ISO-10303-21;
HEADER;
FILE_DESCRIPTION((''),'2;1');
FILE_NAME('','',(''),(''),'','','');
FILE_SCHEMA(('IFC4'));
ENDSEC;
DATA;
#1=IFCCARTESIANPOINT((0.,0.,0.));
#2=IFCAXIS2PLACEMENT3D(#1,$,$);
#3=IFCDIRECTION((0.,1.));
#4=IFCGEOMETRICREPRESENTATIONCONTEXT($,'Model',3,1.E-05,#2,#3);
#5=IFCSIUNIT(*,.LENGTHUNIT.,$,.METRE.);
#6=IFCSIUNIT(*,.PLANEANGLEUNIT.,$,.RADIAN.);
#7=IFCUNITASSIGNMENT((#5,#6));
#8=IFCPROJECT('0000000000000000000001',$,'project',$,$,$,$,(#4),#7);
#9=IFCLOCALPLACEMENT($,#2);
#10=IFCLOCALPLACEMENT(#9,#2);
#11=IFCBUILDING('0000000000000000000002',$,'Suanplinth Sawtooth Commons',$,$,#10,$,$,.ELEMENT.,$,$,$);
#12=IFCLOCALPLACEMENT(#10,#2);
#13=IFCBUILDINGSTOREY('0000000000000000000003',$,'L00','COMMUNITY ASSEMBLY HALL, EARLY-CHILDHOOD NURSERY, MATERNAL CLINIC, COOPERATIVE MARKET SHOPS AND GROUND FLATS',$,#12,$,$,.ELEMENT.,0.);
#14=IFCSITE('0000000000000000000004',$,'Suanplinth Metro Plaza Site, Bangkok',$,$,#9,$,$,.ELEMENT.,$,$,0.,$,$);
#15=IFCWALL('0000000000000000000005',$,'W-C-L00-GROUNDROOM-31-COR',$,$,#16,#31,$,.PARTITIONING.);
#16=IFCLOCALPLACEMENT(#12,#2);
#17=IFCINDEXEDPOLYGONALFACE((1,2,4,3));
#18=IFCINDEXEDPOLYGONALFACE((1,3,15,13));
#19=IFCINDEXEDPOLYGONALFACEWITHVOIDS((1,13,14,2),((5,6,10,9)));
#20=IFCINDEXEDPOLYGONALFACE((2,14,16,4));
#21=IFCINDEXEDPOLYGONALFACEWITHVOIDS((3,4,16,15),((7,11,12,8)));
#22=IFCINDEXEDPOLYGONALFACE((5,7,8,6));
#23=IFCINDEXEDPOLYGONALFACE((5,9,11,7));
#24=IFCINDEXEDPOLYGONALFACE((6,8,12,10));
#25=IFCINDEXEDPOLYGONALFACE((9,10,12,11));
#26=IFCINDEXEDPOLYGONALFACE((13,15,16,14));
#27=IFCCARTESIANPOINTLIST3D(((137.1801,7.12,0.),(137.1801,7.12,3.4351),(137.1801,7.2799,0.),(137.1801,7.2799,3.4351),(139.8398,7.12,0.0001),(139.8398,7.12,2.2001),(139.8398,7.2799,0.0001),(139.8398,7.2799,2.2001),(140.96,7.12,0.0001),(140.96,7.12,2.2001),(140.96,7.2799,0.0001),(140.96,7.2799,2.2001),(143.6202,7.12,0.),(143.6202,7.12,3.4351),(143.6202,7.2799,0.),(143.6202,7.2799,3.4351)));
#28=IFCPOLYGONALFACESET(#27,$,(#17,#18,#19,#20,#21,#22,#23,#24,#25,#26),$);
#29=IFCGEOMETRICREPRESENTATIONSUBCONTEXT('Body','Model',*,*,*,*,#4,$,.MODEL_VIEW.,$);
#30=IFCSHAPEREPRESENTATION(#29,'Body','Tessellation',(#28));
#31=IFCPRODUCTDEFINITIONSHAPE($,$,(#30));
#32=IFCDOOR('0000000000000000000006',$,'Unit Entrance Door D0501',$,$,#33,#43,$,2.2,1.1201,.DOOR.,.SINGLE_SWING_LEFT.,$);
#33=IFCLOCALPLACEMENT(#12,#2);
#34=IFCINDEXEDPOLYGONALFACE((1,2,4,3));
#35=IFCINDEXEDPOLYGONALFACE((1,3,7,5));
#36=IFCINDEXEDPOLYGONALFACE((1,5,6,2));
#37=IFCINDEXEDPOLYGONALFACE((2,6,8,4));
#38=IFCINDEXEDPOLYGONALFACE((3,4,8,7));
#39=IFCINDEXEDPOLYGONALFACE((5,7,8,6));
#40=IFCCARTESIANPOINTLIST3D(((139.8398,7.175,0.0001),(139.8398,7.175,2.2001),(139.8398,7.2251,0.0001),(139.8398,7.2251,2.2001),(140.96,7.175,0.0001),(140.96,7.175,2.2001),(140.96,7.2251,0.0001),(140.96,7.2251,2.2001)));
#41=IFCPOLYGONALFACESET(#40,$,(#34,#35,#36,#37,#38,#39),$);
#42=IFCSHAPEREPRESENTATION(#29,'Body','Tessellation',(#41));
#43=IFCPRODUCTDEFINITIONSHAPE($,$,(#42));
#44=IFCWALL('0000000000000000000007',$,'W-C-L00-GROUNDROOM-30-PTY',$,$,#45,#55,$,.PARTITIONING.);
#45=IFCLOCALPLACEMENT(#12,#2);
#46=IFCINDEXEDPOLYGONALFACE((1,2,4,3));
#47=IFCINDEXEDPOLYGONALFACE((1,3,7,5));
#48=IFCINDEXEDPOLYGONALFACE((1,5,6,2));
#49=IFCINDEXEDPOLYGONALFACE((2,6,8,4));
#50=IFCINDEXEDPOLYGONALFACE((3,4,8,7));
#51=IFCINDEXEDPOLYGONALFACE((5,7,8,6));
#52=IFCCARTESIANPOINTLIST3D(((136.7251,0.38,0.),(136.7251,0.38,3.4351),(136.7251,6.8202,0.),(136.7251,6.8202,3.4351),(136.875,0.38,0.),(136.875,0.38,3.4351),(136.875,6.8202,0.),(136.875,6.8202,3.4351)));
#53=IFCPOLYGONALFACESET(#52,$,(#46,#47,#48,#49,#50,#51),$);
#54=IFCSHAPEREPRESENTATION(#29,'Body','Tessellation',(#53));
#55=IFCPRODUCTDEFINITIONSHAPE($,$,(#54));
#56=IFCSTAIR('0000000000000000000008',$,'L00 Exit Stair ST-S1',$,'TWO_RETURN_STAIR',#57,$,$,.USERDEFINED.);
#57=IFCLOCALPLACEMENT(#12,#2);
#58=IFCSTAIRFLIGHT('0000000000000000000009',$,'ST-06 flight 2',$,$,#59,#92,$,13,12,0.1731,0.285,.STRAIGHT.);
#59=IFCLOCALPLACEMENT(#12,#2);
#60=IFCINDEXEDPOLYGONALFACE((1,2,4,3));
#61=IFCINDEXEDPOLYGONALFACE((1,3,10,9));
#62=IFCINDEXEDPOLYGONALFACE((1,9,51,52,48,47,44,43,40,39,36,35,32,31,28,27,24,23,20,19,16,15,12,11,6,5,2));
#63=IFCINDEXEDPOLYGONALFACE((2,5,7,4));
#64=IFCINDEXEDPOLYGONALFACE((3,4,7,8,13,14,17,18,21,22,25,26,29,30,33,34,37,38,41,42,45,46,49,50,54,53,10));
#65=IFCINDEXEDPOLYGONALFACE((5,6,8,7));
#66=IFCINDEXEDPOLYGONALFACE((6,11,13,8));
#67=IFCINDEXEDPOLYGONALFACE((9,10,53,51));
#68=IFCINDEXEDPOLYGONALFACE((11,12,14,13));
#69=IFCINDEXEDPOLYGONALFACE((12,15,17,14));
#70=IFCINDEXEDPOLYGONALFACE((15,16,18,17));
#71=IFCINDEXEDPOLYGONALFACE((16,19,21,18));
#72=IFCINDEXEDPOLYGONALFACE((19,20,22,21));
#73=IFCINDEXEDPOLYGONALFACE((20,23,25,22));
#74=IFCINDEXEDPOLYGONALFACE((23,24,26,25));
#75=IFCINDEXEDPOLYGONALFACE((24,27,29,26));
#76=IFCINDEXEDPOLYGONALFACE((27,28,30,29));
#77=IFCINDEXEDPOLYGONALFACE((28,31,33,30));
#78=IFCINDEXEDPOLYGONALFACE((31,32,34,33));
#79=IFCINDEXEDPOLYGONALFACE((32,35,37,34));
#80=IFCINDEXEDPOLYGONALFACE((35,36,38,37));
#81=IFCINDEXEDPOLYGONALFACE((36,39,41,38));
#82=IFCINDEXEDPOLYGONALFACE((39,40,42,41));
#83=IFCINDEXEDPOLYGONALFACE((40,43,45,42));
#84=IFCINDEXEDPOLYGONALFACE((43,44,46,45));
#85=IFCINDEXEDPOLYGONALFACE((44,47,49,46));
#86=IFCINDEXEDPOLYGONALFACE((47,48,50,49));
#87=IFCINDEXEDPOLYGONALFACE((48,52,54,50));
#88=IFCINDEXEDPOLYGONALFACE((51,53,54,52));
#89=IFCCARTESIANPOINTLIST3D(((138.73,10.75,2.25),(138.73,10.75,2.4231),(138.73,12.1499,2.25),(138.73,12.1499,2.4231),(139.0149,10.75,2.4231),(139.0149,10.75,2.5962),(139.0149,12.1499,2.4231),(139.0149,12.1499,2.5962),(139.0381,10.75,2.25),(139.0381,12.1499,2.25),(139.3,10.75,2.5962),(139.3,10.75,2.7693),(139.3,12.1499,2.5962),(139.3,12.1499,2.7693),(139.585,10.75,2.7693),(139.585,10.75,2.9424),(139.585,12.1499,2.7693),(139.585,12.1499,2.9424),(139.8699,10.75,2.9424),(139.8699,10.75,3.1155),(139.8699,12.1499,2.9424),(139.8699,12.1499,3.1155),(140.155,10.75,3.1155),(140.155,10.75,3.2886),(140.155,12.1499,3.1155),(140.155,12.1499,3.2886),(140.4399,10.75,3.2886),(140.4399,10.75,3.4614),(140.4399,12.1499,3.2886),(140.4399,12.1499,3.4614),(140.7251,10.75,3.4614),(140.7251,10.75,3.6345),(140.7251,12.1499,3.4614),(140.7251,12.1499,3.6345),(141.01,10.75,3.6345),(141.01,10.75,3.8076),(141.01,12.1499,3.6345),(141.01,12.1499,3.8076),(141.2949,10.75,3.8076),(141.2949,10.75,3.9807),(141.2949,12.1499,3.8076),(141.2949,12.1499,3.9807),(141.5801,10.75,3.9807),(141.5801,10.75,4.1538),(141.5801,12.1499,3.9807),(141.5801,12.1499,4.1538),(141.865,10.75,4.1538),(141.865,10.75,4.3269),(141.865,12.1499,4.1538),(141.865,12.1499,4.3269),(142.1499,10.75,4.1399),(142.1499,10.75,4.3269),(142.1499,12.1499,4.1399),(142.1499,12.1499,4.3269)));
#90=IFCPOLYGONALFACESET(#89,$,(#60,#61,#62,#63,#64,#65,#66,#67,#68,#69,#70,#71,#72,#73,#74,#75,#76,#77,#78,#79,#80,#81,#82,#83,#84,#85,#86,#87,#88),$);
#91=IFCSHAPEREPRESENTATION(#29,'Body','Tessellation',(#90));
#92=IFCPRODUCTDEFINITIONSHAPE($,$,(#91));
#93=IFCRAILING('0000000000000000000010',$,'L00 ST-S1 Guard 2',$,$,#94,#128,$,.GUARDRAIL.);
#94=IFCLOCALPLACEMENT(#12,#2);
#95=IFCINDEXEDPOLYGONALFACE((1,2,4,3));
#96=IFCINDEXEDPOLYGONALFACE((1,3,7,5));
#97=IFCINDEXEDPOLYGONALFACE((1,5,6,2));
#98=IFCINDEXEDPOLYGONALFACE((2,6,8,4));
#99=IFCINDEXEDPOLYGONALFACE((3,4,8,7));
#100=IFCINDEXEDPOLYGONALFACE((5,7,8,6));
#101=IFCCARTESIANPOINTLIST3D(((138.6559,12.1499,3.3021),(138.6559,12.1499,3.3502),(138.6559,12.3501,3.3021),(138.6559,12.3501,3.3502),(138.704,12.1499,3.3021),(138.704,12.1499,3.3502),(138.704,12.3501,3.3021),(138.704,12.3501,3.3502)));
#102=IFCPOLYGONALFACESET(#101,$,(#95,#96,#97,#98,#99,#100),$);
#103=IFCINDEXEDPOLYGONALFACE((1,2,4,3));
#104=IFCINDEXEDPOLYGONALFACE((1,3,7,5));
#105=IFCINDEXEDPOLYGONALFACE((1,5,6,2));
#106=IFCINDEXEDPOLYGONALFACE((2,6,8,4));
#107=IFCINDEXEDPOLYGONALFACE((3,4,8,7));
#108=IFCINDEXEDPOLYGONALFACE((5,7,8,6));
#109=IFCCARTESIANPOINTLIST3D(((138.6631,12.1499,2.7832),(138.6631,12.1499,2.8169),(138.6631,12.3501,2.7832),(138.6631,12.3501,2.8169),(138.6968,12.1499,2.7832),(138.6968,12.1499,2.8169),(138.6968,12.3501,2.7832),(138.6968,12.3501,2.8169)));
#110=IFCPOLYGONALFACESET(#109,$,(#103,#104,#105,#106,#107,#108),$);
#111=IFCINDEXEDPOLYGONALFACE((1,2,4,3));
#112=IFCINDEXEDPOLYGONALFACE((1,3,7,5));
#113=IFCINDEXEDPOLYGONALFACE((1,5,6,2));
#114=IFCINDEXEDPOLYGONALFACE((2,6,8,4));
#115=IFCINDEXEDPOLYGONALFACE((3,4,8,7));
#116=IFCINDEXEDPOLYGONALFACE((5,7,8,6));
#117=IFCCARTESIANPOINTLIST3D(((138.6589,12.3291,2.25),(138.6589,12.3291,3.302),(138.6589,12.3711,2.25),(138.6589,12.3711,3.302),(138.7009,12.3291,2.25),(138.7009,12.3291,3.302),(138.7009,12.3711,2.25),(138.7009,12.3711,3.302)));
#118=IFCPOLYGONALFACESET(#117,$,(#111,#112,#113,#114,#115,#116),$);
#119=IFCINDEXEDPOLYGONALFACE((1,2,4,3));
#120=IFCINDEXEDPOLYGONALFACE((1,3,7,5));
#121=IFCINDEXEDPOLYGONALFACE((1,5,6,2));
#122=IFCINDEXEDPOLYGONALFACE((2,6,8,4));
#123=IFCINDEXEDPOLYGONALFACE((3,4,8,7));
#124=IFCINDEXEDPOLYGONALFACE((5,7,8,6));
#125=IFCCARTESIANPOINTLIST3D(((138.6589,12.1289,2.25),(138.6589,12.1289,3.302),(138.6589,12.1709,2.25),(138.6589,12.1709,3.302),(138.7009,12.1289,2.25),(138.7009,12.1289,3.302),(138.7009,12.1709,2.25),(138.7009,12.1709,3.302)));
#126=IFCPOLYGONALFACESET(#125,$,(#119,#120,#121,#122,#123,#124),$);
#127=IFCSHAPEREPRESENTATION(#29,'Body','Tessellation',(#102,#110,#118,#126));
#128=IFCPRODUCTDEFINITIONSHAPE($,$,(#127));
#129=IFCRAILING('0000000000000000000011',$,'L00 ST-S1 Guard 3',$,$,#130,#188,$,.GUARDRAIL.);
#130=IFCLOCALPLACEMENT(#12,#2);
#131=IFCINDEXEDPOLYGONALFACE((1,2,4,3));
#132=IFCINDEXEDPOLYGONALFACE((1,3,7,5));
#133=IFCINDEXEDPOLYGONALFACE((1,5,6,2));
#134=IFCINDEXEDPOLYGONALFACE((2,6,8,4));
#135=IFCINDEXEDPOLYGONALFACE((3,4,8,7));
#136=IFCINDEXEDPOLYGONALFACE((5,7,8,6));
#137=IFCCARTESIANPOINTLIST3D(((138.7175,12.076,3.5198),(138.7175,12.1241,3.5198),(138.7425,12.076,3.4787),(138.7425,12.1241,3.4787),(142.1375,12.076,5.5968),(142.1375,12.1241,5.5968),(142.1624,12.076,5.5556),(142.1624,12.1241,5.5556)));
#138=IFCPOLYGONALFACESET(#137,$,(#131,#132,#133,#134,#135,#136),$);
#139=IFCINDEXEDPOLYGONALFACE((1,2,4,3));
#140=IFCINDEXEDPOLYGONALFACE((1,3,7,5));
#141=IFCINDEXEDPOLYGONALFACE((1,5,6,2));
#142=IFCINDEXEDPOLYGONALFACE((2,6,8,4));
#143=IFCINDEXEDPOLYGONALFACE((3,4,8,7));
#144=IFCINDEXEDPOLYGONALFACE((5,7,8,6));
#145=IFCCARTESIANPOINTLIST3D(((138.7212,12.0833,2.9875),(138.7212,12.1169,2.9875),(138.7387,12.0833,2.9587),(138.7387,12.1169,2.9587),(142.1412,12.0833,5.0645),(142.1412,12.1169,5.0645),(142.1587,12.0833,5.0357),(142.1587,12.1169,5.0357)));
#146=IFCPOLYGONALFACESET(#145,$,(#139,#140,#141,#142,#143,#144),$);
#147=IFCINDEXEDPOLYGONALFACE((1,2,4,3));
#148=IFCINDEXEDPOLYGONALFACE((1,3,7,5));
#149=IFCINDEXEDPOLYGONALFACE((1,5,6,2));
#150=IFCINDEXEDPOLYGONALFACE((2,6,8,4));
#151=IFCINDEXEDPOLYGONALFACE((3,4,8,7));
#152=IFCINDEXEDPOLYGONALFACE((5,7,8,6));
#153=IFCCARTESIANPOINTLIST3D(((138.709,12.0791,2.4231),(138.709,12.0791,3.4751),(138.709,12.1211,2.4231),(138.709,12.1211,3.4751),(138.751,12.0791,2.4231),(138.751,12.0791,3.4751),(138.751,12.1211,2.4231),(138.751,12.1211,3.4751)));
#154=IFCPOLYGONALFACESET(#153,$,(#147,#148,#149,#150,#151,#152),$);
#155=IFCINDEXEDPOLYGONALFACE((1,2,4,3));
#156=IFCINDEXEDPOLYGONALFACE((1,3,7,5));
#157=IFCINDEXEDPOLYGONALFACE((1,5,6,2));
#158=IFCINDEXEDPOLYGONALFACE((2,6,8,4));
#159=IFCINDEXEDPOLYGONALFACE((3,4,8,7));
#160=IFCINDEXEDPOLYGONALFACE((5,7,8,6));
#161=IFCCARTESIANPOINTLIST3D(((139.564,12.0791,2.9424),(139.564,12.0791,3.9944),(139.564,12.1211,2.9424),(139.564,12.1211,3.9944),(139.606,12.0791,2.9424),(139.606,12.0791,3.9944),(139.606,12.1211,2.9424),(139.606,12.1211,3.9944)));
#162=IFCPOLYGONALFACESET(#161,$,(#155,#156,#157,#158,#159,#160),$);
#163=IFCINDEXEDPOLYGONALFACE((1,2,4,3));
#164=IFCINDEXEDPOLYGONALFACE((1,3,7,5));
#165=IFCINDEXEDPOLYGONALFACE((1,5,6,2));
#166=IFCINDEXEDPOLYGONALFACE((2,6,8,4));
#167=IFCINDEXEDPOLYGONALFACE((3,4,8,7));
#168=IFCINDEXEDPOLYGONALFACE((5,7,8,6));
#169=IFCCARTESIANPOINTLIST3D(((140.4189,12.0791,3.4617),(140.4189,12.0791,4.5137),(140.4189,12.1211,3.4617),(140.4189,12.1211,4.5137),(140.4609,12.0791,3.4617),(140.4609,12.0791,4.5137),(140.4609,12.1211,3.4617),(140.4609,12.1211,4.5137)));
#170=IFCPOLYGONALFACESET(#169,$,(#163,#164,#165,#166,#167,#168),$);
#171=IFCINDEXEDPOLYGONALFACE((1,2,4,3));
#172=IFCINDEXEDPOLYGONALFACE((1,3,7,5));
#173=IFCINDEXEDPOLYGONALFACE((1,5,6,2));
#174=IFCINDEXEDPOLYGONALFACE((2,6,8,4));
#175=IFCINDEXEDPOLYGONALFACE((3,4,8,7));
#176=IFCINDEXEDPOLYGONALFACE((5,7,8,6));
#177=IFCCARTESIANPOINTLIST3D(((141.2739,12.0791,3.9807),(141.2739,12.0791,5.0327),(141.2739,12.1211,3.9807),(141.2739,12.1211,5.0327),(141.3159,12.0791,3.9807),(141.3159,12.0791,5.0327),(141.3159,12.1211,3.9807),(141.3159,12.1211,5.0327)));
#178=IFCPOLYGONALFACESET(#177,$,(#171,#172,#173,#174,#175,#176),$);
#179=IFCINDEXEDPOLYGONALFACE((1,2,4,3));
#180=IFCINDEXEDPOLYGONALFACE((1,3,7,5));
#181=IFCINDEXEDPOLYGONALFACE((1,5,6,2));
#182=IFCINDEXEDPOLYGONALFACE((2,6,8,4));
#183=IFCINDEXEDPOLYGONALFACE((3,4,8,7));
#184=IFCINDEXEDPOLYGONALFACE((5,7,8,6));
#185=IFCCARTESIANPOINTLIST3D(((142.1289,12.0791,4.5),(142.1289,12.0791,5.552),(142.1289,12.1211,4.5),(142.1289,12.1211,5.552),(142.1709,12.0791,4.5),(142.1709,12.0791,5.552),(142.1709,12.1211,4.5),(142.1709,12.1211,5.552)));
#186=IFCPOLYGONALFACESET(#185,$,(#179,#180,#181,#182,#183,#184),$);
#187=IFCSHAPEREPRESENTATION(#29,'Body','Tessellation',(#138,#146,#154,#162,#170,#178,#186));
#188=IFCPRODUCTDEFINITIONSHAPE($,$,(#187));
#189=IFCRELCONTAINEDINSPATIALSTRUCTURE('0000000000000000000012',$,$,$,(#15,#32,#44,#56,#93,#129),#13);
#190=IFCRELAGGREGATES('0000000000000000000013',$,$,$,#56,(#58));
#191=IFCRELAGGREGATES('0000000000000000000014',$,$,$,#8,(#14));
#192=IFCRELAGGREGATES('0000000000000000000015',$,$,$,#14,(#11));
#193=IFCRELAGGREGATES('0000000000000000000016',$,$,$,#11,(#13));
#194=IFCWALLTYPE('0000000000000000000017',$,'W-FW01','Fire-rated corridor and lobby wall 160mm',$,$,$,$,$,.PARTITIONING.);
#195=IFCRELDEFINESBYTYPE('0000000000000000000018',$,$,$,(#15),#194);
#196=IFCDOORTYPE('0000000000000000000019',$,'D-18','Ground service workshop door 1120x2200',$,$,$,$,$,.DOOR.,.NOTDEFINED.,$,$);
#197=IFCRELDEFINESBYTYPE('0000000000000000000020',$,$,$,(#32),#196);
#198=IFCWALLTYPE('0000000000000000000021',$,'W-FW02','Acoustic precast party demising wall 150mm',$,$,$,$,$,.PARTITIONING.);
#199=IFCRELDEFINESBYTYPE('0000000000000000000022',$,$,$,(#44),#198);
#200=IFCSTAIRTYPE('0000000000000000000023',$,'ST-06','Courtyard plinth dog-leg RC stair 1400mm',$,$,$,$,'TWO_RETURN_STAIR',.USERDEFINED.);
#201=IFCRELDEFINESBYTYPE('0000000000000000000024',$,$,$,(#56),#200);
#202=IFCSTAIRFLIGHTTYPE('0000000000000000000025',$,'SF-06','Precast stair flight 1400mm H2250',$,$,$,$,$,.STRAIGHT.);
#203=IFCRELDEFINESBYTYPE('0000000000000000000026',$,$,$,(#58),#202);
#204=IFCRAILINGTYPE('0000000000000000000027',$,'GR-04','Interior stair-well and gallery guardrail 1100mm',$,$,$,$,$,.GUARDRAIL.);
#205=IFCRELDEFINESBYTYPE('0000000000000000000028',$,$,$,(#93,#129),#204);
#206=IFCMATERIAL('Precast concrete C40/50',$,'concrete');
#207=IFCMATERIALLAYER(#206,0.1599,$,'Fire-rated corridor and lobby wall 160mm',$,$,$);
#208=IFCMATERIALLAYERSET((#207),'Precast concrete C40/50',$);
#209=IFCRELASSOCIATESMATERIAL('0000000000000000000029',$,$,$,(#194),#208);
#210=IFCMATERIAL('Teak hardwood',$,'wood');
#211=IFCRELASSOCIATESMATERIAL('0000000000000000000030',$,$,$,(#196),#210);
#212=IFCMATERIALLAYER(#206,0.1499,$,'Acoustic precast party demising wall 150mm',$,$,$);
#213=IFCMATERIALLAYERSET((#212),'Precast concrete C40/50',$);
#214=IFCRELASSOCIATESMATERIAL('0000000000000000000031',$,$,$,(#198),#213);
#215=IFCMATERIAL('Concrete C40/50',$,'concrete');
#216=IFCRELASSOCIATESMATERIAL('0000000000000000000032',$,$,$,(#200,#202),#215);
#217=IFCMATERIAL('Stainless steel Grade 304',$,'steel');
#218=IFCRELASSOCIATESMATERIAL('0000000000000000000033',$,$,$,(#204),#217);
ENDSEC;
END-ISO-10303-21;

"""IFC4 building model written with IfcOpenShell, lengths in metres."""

from ifc_helpers import new_model, si_unit, direction, frame, frame_2d, origin, origin_2d, place, context, subcontext, project, spatial, polyline, rectangle, outline, extrude, material, layer, layer_set, type_object, element, fill, aggregate, save


model = new_model("IFC4")

# Units and contexts
model_context = context("Model", 3, precision=1e-05, world=origin(), true_north=direction((0.0, 1.0)))
body_context = subcontext(model_context, "Body", "Model", "MODEL_VIEW")
ifc_project = project(units=[si_unit("LENGTHUNIT", "METRE"), si_unit("PLANEANGLEUNIT", "RADIAN")], contexts=[model_context])

# Site, building, storey
site_placement = place(None, origin())
site = spatial("IfcSite", under=ifc_project, at=site_placement, Name="Suanplinth Metro Plaza Site, Bangkok", CompositionType="ELEMENT", RefElevation=0.0)
building_placement = place(site_placement, origin())
building = spatial("IfcBuilding", under=site, at=building_placement, Name="Suanplinth Sawtooth Commons", CompositionType="ELEMENT")
storey_placement = place(building_placement, origin())
storey = spatial("IfcBuildingStorey", under=building, at=storey_placement, Name="L00", Description="COMMUNITY ASSEMBLY HALL, EARLY-CHILDHOOD NURSERY, MATERNAL CLINIC, COOPERATIVE MARKET SHOPS AND GROUND FLATS", CompositionType="ELEMENT", Elevation=0.0)

# Shared definitions
ifc_material_1 = material(Name="Concrete C40/50", Category="concrete")

# Wall, opening, door
ifc_material_2 = material(Name="Precast concrete C40/50", Category="concrete")
ifc_layer_1 = layer(ifc_material_2, 0.1599, Name="Fire-rated corridor and lobby wall 160mm")
ifc_layer_set_1 = layer_set([ifc_layer_1], Name="Precast concrete C40/50")
wall_type_1 = type_object("IfcWallType", Name="W-FW01", Description="Fire-rated corridor and lobby wall 160mm", PredefinedType="PARTITIONING", material=ifc_layer_set_1)
ifc_material_3 = material(Name="Teak hardwood", Category="wood")
door_type_1 = type_object("IfcDoorType", Name="D-18", Description="Ground service workshop door 1120x2200", OperationType="NOTDEFINED", PredefinedType="DOOR", material=ifc_material_3)
wall_1_placement = place(storey_placement, frame((137.1799, 7.2, 0.0), z_axis=(0.0, 0.0, 1.0), x_axis=(1.0, 0.0, 0.0)))
wall_1 = element("IfcWall", 1, at=wall_1_placement, inside=storey, type_object=wall_type_1, Name="W-C-L00-GROUNDROOM-31-COR", PredefinedType="PARTITIONING", context=body_context, shape_type="SweptSolid", body=[
    extrude(rectangle(XDim=6.4402, YDim=0.1599, at=frame_2d((3.2202, 0.0))), origin(), (0.0, 0.0, 1.0), 3.4351),
])
opening_1_placement = place(wall_1_placement, frame((2.6599, 0.0, 0.0)))
opening_1 = element("IfcOpeningElement", 2, at=opening_1_placement, cuts=wall_1, PredefinedType="OPENING", context=body_context, shape_type="SweptSolid", body=[
    extrude(rectangle(XDim=1.1201, YDim=2.2, at=frame_2d((0.5601, 1.1001))), frame((0.0, 0.0947, 0.0), z_axis=(0.0, -1.0, 0.0), x_axis=(1.0, 0.0, 0.0)), (0.0, 0.0, 1.0), 0.1897),
])
door_1_placement = place(opening_1_placement, frame((1.1201, 0.0, 0.0), z_axis=(0.0, 0.0, 1.0), x_axis=(-1.0, 0.0, 0.0)))
door_1 = element("IfcDoor", 3, at=door_1_placement, inside=storey, type_object=door_type_1, Name="Unit Entrance Door D0501", OperationType="SINGLE_SWING_LEFT", OverallHeight=2.2, OverallWidth=1.1201, PredefinedType="DOOR", context=body_context, shape_type="SweptSolid", body=[
    extrude(rectangle(XDim=1.1201, YDim=2.2, at=frame_2d((0.5601, 1.1001))), frame((0.0, 0.0249, 0.0), z_axis=(0.0, -1.0, 0.0), x_axis=(1.0, 0.0, 0.0)), (0.0, 0.0, 1.0), 0.05),
])
fill(opening_1, door_1)

# Wall
ifc_layer_2 = layer(ifc_material_2, 0.1499, Name="Acoustic precast party demising wall 150mm")
ifc_layer_set_2 = layer_set([ifc_layer_2], Name="Precast concrete C40/50")
wall_type_2 = type_object("IfcWallType", Name="W-FW02", Description="Acoustic precast party demising wall 150mm", PredefinedType="PARTITIONING", material=ifc_layer_set_2)
wall_2_placement = place(storey_placement, frame((136.8, 0.3799, 0.0), z_axis=(0.0, 0.0, 1.0), x_axis=(0.0, 1.0, 0.0)))
element("IfcWall", 4, at=wall_2_placement, inside=storey, type_object=wall_type_2, Name="W-C-L00-GROUNDROOM-30-PTY", PredefinedType="PARTITIONING", context=body_context, shape_type="SweptSolid", body=[
    extrude(rectangle(XDim=6.4402, YDim=0.1499, at=frame_2d((3.2202, 0.0))), origin(), (0.0, 0.0, 1.0), 3.4351),
])

# Stair, stair flight
stair_type = type_object("IfcStairType", Name="ST-06", Description="Courtyard plinth dog-leg RC stair 1400mm", ElementType="TWO_RETURN_STAIR", PredefinedType="USERDEFINED", material=ifc_material_1)
stair_placement = place(storey_placement, origin())
stair = element("IfcStair", 5, at=stair_placement, inside=storey, type_object=stair_type, Name="L00 Exit Stair ST-S1", ObjectType="TWO_RETURN_STAIR", PredefinedType="USERDEFINED")
stair_flight_type = type_object("IfcStairFlightType", Name="SF-06", Description="Precast stair flight 1400mm H2250", PredefinedType="STRAIGHT", material=ifc_material_1)
stair_flight_placement = place(storey_placement, frame((138.73, 11.45, 2.25), z_axis=(0.0, 0.0, 1.0), x_axis=(1.0, 0.0, 0.0)))
stair_flight = element("IfcStairFlight", 6, at=stair_flight_placement, type_object=stair_flight_type, Name="ST-06 flight 2", NumberOfRisers=13, NumberOfTreads=12, PredefinedType="STRAIGHT", RiserHeight=0.1731, TreadLength=0.285, context=body_context, shape_type="SweptSolid", body=[
    extrude(outline(polyline([(0.0, 0.0), (0.0, 0.1731), (0.2849, 0.1731), (0.2849, 0.3462), (0.5701, 0.3462), (0.5701, 0.5193), (0.855, 0.5193), (0.855, 0.6924), (1.1399, 0.6924), (1.1399, 0.8655), (1.425, 0.8655), (1.425, 1.0386), (1.71, 1.0386), (1.71, 1.2114), (1.9951, 1.2114), (1.9951, 1.3845), (2.28, 1.3845), (2.28, 1.5576), (2.5649, 1.5576), (2.5649, 1.7307), (2.8501, 1.7307), (2.8501, 1.9038), (3.135, 1.9038), (3.135, 2.0769), (3.4199, 2.0769), (3.4199, 2.25), (3.4199, 1.8899), (0.3081, 0.0), (0.0, 0.0)])), frame((0.0, 0.7, 0.0), z_axis=(0.0, -1.0, 0.0), x_axis=(1.0, 0.0, 0.0)), (0.0, 0.0, 1.0), 1.3999),
])
aggregate(stair, [stair_flight])

# Railings
ifc_material_4 = material(Name="Stainless steel Grade 304", Category="steel")
railing_type_1 = type_object("IfcRailingType", Name="GR-04", Description="Interior stair-well and gallery guardrail 1100mm", PredefinedType="GUARDRAIL", material=ifc_material_4)
railing_1_placement = place(storey_placement, frame((138.6799, 12.3501, 2.25)))
element("IfcRailing", 7, at=railing_1_placement, inside=storey, type_object=railing_type_1, Name="L00 ST-S1 Guard 2", PredefinedType="GUARDRAIL", context=body_context, shape_type="SweptSolid", body=[
    extrude(rectangle(XDim=0.0481, YDim=0.0481, at=origin_2d()), frame((0.0, 0.0, 1.0762), z_axis=(0.0, -1.0, 0.0), x_axis=(1.0, 0.0, 0.0)), (0.0, 0.0, 1.0), 0.2002),
    extrude(rectangle(XDim=0.0337, YDim=0.0337, at=origin_2d()), frame((0.0, 0.0, 0.55), z_axis=(0.0, -1.0, 0.0), x_axis=(1.0, 0.0, 0.0)), (0.0, 0.0, 1.0), 0.2002),
    extrude(rectangle(XDim=0.042, YDim=0.042, at=origin_2d()), origin(), (0.0, 0.0, 1.0), 1.052),
    extrude(rectangle(XDim=0.042, YDim=0.042, at=origin_2d()), frame((0.0, -0.2002, 0.0)), (0.0, 0.0, 1.0), 1.052),
])
railing_2_placement = place(storey_placement, frame((138.73, 12.1001, 2.4231)))
element("IfcRailing", 8, at=railing_2_placement, inside=storey, type_object=railing_type_1, Name="L00 ST-S1 Guard 3", PredefinedType="GUARDRAIL", context=body_context, shape_type="SweptSolid", body=[
    extrude(rectangle(XDim=0.0481, YDim=0.0481, at=origin_2d()), frame((0.0, 0.0, 1.0762), z_axis=(0.85473, 0.0, 0.519074), x_axis=(0.0, 1.0, 0.0)), (0.0, 0.0, 1.0), 4.0012),
    extrude(rectangle(XDim=0.0337, YDim=0.0337, at=origin_2d()), frame((0.0, 0.0, 0.55), z_axis=(0.85473, 0.0, 0.519074), x_axis=(0.0, 1.0, 0.0)), (0.0, 0.0, 1.0), 4.0012),
    extrude(rectangle(XDim=0.042, YDim=0.042, at=origin_2d()), origin(), (0.0, 0.0, 1.0), 1.052),
    extrude(rectangle(XDim=0.042, YDim=0.042, at=origin_2d()), frame((0.855, 0.0, 0.5193)), (0.0, 0.0, 1.0), 1.052),
    extrude(rectangle(XDim=0.042, YDim=0.042, at=origin_2d()), frame((1.71, 0.0, 1.0386)), (0.0, 0.0, 1.0), 1.052),
    extrude(rectangle(XDim=0.042, YDim=0.042, at=origin_2d()), frame((2.5649, 0.0, 1.5576)), (0.0, 0.0, 1.0), 1.052),
    extrude(rectangle(XDim=0.042, YDim=0.042, at=origin_2d()), frame((3.4199, 0.0, 2.0769)), (0.0, 0.0, 1.0), 1.052),
])

save(model, "model.ifc")
